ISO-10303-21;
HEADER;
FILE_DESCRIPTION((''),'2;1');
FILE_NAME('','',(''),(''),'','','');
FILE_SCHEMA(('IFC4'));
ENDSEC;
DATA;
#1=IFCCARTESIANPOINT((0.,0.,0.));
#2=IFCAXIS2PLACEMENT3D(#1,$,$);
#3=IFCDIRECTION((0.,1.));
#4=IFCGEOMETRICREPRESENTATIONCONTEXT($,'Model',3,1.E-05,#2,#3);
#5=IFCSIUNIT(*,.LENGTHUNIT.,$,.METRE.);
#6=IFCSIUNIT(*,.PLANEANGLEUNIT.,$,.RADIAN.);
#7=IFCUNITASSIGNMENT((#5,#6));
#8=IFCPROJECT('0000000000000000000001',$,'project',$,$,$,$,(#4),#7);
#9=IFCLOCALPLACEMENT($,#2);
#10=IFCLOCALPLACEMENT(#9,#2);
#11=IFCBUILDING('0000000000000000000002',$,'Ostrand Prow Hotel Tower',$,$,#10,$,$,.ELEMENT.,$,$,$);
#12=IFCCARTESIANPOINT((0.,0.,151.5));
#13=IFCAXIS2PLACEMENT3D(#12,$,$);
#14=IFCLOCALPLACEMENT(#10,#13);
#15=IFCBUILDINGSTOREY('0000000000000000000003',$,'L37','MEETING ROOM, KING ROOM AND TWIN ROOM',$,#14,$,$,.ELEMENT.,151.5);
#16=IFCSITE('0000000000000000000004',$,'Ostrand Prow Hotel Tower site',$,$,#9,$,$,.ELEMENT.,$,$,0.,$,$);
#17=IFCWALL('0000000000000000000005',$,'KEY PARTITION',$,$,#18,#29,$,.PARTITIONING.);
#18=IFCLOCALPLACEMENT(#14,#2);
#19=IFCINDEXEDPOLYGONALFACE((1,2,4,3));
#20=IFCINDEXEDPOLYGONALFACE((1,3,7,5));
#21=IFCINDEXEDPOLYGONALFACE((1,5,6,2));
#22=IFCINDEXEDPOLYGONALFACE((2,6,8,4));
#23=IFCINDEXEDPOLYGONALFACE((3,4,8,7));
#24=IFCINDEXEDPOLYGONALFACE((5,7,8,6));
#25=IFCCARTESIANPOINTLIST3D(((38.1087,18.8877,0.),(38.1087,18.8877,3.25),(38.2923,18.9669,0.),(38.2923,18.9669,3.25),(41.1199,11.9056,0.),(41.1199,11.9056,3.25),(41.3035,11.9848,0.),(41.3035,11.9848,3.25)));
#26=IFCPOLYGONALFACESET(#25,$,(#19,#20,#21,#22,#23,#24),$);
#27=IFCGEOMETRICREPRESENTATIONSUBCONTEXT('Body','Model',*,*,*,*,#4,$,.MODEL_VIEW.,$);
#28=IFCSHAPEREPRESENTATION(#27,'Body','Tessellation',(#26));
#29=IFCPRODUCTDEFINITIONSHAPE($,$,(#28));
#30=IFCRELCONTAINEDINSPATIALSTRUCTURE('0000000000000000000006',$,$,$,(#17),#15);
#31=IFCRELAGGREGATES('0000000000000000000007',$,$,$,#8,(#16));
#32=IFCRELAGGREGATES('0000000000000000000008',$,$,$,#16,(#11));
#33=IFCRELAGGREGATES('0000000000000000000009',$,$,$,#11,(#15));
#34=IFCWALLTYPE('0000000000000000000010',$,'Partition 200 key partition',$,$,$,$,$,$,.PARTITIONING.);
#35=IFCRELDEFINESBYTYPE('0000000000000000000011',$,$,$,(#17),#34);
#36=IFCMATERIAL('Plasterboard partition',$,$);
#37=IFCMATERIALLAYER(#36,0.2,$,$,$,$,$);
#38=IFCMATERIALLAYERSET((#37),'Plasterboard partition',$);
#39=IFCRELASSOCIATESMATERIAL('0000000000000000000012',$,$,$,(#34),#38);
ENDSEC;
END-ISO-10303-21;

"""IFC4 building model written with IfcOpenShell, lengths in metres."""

from ifc_helpers import new_model, si_unit, direction, frame, frame_2d, origin, place, context, subcontext, project, spatial, rectangle, extrude, material, layer, layer_set, type_object, element, save


model = new_model("IFC4")

# Units and contexts
model_context = context("Model", 3, precision=1e-05, world=origin(), true_north=direction((0.0, 1.0)))
body_context = subcontext(model_context, "Body", "Model", "MODEL_VIEW")
ifc_project = project(units=[si_unit("LENGTHUNIT", "METRE"), si_unit("PLANEANGLEUNIT", "RADIAN")], contexts=[model_context])

# Site, building, storey
site_placement = place(None, origin())
site = spatial("IfcSite", under=ifc_project, at=site_placement, Name="Ostrand Prow Hotel Tower site", CompositionType="ELEMENT", RefElevation=0.0)
building_placement = place(site_placement, origin())
building = spatial("IfcBuilding", under=site, at=building_placement, Name="Ostrand Prow Hotel Tower", CompositionType="ELEMENT")
storey_placement = place(building_placement, frame((0.0, 0.0, 151.5)))
storey = spatial("IfcBuildingStorey", under=building, at=storey_placement, Name="L37", Description="MEETING ROOM, KING ROOM AND TWIN ROOM", CompositionType="ELEMENT", Elevation=151.5)

# Wall
ifc_material_1 = material(Name="Plasterboard partition")
ifc_layer_1 = layer(ifc_material_1, 0.2)
ifc_layer_set_1 = layer_set([ifc_layer_1], Name="Plasterboard partition")
wall_type_1 = type_object("IfcWallType", Name="Partition 200 key partition", PredefinedType="PARTITIONING", material=ifc_layer_set_1)
wall_1_placement = place(storey_placement, frame((41.2117, 11.9453, 0.0), z_axis=(0.0, 0.0, 1.0), x_axis=(-0.396015, 0.918244, 0.0)))
element("IfcWall", 1, at=wall_1_placement, inside=storey, type_object=wall_type_1, Name="KEY PARTITION", PredefinedType="PARTITIONING", context=body_context, shape_type="SweptSolid", body=[
    extrude(rectangle(XDim=7.6038, YDim=0.2, at=frame_2d((3.8018, 0.0))), origin(), (0.0, 0.0, 1.0), 3.25),
])

save(model, "model.ifc")
